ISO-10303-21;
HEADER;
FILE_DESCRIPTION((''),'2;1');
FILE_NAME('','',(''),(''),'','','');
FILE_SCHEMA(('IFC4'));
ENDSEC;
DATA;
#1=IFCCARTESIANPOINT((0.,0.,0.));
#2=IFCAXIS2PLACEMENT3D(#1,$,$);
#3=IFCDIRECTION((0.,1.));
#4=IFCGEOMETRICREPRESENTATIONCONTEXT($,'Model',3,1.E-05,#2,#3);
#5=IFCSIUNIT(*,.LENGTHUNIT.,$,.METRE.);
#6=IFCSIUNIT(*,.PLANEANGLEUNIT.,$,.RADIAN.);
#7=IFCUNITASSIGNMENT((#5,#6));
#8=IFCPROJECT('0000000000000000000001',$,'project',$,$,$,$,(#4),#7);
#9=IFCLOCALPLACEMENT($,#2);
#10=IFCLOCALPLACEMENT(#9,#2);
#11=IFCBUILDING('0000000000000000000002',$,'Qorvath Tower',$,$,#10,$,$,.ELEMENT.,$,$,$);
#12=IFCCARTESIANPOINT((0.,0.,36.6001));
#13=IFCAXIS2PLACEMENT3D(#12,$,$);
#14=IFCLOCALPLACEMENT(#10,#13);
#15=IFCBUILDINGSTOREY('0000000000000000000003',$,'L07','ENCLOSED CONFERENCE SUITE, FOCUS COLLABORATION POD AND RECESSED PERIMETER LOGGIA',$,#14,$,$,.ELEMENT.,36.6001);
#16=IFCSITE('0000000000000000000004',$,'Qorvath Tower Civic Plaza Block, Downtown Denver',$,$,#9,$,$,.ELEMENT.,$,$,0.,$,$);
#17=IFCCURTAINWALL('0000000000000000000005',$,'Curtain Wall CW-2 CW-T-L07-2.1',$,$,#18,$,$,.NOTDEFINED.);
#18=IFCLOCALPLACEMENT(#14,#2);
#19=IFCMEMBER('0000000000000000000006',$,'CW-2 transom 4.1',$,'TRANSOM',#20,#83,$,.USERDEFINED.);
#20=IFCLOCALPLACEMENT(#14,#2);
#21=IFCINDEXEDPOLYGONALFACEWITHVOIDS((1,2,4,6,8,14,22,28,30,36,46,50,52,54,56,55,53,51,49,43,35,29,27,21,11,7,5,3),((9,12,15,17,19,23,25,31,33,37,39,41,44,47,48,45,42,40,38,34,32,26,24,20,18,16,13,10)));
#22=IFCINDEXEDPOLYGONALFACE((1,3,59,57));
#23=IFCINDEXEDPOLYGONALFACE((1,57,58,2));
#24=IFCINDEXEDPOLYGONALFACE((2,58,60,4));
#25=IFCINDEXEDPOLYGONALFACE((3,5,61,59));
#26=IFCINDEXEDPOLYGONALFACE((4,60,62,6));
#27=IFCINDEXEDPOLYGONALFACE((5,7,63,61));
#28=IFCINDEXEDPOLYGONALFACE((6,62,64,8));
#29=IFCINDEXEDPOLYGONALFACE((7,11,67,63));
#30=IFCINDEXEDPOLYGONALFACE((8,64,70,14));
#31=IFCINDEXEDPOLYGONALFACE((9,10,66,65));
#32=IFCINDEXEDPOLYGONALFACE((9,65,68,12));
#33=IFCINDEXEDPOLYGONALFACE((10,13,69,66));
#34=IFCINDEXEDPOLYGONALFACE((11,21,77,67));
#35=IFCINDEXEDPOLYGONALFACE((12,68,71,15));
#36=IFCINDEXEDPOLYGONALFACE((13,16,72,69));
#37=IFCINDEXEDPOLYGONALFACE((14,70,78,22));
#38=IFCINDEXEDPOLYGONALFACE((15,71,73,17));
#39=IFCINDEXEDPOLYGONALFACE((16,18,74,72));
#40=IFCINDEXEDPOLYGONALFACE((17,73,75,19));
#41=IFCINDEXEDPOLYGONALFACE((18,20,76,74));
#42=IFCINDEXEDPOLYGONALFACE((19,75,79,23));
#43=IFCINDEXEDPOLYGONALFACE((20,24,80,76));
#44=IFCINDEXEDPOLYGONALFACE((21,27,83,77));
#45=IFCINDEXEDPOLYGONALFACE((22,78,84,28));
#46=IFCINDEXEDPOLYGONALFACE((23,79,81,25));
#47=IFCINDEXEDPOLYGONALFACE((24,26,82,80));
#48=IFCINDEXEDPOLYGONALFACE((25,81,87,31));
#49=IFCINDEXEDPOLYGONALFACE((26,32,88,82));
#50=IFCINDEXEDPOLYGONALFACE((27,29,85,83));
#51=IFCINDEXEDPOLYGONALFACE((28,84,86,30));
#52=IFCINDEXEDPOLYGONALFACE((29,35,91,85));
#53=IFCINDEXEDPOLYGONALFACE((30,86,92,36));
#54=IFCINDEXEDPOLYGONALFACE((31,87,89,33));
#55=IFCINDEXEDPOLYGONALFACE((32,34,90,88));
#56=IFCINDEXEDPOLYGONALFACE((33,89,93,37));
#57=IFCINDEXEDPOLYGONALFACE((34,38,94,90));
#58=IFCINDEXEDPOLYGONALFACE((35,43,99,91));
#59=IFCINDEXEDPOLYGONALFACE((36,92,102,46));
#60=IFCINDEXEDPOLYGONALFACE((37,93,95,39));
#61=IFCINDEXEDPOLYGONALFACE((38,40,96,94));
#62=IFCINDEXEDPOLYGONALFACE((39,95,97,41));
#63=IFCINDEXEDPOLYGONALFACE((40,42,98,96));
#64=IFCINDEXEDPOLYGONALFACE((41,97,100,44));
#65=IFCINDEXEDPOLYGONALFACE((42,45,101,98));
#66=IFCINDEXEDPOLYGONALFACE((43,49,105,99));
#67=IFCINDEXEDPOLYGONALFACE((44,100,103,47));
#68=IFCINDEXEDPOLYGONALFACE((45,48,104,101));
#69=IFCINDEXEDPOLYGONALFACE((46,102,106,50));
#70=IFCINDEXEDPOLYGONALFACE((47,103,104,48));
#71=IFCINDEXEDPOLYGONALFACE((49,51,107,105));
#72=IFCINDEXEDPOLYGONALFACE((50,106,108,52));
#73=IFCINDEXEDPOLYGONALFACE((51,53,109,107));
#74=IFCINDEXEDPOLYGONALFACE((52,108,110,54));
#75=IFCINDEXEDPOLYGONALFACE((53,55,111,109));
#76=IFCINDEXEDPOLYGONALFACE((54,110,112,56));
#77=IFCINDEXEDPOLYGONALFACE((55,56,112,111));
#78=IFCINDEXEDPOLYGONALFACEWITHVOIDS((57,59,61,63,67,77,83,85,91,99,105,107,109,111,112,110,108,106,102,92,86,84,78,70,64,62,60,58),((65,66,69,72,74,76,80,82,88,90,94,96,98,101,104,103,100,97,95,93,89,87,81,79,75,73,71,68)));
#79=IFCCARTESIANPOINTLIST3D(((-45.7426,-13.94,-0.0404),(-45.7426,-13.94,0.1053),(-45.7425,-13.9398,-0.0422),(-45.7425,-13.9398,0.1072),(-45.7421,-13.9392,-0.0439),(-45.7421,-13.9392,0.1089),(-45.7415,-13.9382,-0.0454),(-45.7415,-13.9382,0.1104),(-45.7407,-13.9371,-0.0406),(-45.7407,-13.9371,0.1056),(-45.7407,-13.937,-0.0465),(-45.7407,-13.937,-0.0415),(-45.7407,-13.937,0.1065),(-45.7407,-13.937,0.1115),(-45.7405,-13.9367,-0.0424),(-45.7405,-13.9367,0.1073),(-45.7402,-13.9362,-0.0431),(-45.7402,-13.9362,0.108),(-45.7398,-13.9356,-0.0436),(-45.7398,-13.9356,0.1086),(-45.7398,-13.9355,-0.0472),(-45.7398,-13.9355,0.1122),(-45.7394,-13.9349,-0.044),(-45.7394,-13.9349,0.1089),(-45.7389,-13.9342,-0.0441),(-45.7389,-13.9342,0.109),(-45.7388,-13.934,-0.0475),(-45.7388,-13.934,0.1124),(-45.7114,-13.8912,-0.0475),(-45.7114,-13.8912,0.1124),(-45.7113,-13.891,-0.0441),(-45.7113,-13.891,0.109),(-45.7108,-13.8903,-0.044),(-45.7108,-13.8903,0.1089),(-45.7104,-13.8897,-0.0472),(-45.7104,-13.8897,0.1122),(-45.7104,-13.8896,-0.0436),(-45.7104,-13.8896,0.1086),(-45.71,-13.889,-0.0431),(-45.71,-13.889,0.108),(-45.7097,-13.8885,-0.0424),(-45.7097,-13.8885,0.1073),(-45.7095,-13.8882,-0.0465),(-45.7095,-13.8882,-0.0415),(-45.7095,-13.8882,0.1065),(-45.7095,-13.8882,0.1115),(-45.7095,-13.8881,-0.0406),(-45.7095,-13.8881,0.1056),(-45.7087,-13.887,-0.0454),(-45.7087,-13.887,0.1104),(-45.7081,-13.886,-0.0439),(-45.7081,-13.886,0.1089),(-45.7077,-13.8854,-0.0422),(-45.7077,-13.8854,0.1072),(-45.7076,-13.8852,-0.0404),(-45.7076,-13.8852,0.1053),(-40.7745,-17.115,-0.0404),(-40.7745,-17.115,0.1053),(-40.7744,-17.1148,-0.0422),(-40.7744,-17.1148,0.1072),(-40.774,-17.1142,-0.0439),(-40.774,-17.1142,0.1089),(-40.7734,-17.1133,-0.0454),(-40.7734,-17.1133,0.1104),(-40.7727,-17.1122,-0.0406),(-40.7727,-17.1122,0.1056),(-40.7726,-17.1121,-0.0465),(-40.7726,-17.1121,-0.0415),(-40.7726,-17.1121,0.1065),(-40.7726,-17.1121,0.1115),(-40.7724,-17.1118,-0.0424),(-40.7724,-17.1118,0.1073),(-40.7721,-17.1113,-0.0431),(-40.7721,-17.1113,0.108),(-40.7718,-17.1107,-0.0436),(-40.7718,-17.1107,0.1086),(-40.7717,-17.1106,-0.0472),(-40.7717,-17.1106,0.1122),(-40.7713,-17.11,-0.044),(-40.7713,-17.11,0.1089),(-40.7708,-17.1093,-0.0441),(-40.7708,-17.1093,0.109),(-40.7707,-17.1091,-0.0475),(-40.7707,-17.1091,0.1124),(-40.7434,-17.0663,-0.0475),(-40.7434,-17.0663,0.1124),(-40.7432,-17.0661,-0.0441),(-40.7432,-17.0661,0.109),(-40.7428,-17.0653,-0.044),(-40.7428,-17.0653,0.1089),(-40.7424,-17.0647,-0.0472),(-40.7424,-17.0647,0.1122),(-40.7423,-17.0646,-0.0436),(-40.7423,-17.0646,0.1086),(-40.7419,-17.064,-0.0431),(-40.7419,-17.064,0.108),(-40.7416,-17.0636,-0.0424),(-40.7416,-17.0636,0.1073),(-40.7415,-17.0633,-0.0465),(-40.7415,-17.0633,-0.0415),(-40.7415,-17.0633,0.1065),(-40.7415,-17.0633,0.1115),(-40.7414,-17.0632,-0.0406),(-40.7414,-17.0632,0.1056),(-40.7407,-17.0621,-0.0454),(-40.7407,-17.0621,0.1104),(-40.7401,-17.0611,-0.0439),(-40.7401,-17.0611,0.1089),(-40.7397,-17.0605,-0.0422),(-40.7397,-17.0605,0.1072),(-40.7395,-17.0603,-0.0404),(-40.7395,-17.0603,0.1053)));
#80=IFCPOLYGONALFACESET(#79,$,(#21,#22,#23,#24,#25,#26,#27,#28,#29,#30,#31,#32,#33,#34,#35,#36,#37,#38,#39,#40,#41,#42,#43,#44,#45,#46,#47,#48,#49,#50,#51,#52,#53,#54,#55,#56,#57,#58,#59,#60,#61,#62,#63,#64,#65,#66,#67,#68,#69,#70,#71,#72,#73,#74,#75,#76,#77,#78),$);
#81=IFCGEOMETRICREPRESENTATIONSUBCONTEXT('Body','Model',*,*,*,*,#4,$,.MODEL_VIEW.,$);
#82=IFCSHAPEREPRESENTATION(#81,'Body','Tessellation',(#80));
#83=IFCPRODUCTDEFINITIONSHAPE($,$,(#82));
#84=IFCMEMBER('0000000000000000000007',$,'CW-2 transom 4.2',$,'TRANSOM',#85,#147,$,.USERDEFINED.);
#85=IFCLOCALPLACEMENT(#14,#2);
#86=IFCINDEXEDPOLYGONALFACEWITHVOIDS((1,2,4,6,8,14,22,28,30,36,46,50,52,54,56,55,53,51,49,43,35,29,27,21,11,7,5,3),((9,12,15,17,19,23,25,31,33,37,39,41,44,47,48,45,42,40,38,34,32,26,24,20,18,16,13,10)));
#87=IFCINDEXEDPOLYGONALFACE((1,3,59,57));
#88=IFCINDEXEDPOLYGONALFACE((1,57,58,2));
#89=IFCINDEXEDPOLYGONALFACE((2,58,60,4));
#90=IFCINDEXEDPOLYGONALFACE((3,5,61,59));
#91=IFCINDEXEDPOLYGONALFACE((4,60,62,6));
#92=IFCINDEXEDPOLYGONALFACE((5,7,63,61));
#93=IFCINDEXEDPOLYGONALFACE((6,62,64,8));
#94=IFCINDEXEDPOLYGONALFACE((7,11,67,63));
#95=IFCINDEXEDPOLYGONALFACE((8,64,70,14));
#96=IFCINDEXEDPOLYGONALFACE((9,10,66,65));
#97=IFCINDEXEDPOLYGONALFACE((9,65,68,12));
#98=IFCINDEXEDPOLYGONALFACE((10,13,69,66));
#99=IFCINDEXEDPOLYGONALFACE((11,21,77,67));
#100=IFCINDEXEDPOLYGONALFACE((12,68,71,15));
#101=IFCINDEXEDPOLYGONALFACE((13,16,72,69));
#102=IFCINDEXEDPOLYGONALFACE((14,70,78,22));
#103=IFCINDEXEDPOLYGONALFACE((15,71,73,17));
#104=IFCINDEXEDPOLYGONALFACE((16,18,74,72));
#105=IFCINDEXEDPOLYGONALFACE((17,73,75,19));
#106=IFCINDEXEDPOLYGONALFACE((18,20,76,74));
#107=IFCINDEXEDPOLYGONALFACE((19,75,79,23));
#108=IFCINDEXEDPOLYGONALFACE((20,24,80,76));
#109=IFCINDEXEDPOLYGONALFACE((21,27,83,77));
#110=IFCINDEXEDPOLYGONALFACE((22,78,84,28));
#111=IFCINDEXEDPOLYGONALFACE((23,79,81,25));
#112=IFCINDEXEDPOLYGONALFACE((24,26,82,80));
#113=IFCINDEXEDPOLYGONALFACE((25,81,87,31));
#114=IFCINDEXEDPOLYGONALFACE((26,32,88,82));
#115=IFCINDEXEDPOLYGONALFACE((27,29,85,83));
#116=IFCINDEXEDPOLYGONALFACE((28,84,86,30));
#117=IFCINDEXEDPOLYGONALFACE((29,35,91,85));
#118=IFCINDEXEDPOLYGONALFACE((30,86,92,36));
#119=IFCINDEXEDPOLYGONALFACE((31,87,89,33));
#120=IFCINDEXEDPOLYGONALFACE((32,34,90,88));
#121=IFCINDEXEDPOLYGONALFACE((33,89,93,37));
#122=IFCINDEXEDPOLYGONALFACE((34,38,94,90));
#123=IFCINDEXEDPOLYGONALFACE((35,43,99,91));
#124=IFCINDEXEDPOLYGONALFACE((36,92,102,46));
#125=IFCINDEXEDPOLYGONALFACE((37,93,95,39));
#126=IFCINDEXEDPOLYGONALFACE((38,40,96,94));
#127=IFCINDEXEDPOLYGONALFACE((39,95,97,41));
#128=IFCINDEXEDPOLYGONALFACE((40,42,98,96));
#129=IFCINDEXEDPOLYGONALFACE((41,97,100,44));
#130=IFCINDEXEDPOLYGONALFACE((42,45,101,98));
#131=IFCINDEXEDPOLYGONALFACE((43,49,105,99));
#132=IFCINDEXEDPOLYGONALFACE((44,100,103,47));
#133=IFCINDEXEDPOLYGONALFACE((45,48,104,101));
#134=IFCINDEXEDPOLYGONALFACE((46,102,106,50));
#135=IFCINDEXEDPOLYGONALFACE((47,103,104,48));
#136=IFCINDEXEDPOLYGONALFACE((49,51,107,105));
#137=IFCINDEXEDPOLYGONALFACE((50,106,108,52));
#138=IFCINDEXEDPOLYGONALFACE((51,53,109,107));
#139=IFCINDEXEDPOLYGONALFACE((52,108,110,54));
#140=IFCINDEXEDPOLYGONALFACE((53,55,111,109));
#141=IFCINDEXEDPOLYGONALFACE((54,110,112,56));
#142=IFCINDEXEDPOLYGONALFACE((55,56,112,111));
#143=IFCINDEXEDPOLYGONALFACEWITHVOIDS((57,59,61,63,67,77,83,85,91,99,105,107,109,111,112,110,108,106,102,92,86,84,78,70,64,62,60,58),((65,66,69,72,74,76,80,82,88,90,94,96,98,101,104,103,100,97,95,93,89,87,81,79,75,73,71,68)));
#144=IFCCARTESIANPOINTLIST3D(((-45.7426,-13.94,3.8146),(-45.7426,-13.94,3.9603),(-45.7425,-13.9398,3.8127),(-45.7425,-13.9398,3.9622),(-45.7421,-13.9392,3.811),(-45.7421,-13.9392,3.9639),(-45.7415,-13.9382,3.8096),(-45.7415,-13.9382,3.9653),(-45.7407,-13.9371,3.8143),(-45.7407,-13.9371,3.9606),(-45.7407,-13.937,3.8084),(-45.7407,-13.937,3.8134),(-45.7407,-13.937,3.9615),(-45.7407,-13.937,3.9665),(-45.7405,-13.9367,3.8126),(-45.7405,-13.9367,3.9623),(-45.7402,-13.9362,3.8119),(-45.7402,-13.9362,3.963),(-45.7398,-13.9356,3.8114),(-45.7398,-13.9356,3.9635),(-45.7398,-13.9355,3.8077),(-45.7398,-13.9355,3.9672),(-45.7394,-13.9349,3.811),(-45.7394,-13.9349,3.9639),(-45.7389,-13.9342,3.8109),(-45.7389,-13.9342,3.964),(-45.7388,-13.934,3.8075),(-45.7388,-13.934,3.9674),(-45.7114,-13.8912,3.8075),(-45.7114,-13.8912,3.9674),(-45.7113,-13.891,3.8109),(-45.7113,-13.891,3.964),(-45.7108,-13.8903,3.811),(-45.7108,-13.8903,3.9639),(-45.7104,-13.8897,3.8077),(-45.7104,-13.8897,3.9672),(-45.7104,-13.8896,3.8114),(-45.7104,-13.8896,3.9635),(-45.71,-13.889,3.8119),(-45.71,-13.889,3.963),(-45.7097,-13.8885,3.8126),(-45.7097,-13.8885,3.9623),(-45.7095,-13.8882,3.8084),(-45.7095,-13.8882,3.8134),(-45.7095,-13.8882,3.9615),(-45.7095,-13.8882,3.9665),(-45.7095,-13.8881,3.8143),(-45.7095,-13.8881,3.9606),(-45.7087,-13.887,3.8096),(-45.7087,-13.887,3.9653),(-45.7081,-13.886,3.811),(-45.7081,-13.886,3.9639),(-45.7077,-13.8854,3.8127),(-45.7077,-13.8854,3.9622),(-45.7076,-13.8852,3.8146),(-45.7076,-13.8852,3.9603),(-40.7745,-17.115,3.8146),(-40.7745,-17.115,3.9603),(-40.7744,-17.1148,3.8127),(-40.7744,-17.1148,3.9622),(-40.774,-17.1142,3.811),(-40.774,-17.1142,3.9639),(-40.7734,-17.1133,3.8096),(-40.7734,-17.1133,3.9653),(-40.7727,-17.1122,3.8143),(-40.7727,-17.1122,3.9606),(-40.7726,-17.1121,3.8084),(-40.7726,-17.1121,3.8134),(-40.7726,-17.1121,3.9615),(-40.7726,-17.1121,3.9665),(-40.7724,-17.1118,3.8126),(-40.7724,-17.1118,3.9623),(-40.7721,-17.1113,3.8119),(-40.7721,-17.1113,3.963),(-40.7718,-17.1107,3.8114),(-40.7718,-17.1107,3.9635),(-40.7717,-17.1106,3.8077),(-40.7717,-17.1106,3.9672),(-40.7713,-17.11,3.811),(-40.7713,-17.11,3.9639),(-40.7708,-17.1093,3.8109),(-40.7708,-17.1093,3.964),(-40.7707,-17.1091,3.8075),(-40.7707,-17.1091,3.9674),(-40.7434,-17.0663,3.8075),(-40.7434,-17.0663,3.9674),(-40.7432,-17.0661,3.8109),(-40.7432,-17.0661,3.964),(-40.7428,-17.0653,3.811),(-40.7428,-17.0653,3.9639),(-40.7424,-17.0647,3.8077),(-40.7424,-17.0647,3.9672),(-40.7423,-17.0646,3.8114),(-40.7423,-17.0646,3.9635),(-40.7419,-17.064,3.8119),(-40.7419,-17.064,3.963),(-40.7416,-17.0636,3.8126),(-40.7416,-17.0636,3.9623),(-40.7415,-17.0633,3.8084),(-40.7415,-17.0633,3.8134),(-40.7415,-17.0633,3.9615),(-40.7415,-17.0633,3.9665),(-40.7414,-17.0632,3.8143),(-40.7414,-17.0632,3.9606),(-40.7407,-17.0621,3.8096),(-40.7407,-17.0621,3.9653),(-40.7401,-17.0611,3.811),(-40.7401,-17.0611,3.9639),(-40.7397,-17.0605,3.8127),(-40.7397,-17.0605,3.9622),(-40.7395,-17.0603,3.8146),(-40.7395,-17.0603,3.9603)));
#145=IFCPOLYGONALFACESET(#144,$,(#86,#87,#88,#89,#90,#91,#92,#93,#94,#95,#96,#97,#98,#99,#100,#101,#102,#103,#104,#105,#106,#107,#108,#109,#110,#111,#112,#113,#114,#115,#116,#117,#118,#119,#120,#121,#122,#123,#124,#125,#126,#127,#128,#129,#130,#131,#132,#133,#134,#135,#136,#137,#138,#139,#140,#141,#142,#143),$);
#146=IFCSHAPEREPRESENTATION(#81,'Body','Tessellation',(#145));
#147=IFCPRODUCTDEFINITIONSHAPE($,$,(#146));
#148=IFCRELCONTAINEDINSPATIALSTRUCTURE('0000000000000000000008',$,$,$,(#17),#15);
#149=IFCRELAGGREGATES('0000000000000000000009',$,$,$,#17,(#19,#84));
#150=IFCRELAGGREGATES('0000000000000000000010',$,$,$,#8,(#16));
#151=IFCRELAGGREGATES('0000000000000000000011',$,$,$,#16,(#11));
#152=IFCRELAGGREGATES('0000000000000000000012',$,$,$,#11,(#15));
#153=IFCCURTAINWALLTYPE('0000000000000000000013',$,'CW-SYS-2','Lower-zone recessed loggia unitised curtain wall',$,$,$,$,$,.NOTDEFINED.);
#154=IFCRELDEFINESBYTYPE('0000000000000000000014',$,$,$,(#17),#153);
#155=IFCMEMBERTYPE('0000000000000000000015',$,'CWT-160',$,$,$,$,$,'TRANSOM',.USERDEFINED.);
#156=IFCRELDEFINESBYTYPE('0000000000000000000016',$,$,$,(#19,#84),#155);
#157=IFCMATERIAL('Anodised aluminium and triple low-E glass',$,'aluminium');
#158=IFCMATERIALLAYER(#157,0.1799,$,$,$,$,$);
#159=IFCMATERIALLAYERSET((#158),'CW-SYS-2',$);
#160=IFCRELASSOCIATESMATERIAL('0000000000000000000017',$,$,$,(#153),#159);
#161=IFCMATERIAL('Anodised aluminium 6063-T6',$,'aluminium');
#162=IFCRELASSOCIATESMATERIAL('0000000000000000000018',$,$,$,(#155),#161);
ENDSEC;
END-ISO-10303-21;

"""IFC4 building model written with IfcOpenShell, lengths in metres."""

from ifc_helpers import new_model, si_unit, direction, frame, origin, origin_2d, place, context, subcontext, project, spatial, hollow_rectangle, extrude, material, layer, layer_set, material_profile, profile_set, type_object, element, aggregate, save


model = new_model("IFC4")

# Units and contexts
model_context = context("Model", 3, precision=1e-05, world=origin(), true_north=direction((0.0, 1.0)))
body_context = subcontext(model_context, "Body", "Model", "MODEL_VIEW")
ifc_project = project(units=[si_unit("LENGTHUNIT", "METRE"), si_unit("PLANEANGLEUNIT", "RADIAN")], contexts=[model_context])

# Site, building, storey
site_placement = place(None, origin())
site = spatial("IfcSite", under=ifc_project, at=site_placement, Name="Qorvath Tower Civic Plaza Block, Downtown Denver", CompositionType="ELEMENT", RefElevation=0.0)
building_placement = place(site_placement, origin())
building = spatial("IfcBuilding", under=site, at=building_placement, Name="Qorvath Tower", CompositionType="ELEMENT")
storey_placement = place(building_placement, frame((0.0, 0.0, 36.6001)))
storey = spatial("IfcBuildingStorey", under=building, at=storey_placement, Name="L07", Description="ENCLOSED CONFERENCE SUITE, FOCUS COLLABORATION POD AND RECESSED PERIMETER LOGGIA", CompositionType="ELEMENT", Elevation=36.6001)

# Curtain wall, members
ifc_material_1 = material(Name="Anodised aluminium and triple low-E glass", Category="aluminium")
ifc_layer_1 = layer(ifc_material_1, 0.1799)
ifc_layer_set_1 = layer_set([ifc_layer_1], Name="CW-SYS-2")
curtain_wall_type = type_object("IfcCurtainWallType", Name="CW-SYS-2", Description="Lower-zone recessed loggia unitised curtain wall", PredefinedType="NOTDEFINED", material=ifc_layer_set_1)
curtain_wall_placement = place(storey_placement, origin())
curtain_wall = element("IfcCurtainWall", 1, at=curtain_wall_placement, inside=storey, type_object=curtain_wall_type, Name="Curtain Wall CW-2 CW-T-L07-2.1", PredefinedType="NOTDEFINED")
ifc_material_2 = material(Name="Anodised aluminium 6063-T6", Category="aluminium")
ifc_material_profile_1 = material_profile(ifc_material_2, hollow_rectangle(XDim=0.0649, YDim=0.1599, WallThickness=0.0034, InnerFilletRadius=0.0034, OuterFilletRadius=0.0071, at=origin_2d()), Name="CWT 160x65")
ifc_profile_set_1 = profile_set([ifc_material_profile_1], Name="Anodised aluminium 6063-T6")
member_type_1 = type_object("IfcMemberType", Name="CWT-160", ElementType="TRANSOM", PredefinedType="USERDEFINED", material=ifc_profile_set_1)
member_1_placement = place(storey_placement, frame((-45.7251, -13.9126, 0.0325), z_axis=(0.842616, -0.538514, 0.0), x_axis=(0.538514, 0.842616, 0.0)))
member_1 = element("IfcMember", 2, at=member_1_placement, type_object=member_type_1, Name="CW-2 transom 4.1", ObjectType="TRANSOM", PredefinedType="USERDEFINED", context=body_context, shape_type="SweptSolid", body=[
    extrude(hollow_rectangle(XDim=0.0649, YDim=0.1599, WallThickness=0.0034, InnerFilletRadius=0.0034, OuterFilletRadius=0.0071, at=origin_2d()), origin(), (0.0, 0.0, 1.0), 5.896),
])
member_2_placement = place(storey_placement, frame((-45.7251, -13.9126, 3.8875), z_axis=(0.842616, -0.538514, 0.0), x_axis=(0.538514, 0.842616, 0.0)))
member_2 = element("IfcMember", 3, at=member_2_placement, type_object=member_type_1, Name="CW-2 transom 4.2", ObjectType="TRANSOM", PredefinedType="USERDEFINED", context=body_context, shape_type="SweptSolid", body=[
    extrude(hollow_rectangle(XDim=0.0649, YDim=0.1599, WallThickness=0.0034, InnerFilletRadius=0.0034, OuterFilletRadius=0.0071, at=origin_2d()), origin(), (0.0, 0.0, 1.0), 5.896),
])

aggregate(curtain_wall, [member_1, member_2])

save(model, "model.ifc")
